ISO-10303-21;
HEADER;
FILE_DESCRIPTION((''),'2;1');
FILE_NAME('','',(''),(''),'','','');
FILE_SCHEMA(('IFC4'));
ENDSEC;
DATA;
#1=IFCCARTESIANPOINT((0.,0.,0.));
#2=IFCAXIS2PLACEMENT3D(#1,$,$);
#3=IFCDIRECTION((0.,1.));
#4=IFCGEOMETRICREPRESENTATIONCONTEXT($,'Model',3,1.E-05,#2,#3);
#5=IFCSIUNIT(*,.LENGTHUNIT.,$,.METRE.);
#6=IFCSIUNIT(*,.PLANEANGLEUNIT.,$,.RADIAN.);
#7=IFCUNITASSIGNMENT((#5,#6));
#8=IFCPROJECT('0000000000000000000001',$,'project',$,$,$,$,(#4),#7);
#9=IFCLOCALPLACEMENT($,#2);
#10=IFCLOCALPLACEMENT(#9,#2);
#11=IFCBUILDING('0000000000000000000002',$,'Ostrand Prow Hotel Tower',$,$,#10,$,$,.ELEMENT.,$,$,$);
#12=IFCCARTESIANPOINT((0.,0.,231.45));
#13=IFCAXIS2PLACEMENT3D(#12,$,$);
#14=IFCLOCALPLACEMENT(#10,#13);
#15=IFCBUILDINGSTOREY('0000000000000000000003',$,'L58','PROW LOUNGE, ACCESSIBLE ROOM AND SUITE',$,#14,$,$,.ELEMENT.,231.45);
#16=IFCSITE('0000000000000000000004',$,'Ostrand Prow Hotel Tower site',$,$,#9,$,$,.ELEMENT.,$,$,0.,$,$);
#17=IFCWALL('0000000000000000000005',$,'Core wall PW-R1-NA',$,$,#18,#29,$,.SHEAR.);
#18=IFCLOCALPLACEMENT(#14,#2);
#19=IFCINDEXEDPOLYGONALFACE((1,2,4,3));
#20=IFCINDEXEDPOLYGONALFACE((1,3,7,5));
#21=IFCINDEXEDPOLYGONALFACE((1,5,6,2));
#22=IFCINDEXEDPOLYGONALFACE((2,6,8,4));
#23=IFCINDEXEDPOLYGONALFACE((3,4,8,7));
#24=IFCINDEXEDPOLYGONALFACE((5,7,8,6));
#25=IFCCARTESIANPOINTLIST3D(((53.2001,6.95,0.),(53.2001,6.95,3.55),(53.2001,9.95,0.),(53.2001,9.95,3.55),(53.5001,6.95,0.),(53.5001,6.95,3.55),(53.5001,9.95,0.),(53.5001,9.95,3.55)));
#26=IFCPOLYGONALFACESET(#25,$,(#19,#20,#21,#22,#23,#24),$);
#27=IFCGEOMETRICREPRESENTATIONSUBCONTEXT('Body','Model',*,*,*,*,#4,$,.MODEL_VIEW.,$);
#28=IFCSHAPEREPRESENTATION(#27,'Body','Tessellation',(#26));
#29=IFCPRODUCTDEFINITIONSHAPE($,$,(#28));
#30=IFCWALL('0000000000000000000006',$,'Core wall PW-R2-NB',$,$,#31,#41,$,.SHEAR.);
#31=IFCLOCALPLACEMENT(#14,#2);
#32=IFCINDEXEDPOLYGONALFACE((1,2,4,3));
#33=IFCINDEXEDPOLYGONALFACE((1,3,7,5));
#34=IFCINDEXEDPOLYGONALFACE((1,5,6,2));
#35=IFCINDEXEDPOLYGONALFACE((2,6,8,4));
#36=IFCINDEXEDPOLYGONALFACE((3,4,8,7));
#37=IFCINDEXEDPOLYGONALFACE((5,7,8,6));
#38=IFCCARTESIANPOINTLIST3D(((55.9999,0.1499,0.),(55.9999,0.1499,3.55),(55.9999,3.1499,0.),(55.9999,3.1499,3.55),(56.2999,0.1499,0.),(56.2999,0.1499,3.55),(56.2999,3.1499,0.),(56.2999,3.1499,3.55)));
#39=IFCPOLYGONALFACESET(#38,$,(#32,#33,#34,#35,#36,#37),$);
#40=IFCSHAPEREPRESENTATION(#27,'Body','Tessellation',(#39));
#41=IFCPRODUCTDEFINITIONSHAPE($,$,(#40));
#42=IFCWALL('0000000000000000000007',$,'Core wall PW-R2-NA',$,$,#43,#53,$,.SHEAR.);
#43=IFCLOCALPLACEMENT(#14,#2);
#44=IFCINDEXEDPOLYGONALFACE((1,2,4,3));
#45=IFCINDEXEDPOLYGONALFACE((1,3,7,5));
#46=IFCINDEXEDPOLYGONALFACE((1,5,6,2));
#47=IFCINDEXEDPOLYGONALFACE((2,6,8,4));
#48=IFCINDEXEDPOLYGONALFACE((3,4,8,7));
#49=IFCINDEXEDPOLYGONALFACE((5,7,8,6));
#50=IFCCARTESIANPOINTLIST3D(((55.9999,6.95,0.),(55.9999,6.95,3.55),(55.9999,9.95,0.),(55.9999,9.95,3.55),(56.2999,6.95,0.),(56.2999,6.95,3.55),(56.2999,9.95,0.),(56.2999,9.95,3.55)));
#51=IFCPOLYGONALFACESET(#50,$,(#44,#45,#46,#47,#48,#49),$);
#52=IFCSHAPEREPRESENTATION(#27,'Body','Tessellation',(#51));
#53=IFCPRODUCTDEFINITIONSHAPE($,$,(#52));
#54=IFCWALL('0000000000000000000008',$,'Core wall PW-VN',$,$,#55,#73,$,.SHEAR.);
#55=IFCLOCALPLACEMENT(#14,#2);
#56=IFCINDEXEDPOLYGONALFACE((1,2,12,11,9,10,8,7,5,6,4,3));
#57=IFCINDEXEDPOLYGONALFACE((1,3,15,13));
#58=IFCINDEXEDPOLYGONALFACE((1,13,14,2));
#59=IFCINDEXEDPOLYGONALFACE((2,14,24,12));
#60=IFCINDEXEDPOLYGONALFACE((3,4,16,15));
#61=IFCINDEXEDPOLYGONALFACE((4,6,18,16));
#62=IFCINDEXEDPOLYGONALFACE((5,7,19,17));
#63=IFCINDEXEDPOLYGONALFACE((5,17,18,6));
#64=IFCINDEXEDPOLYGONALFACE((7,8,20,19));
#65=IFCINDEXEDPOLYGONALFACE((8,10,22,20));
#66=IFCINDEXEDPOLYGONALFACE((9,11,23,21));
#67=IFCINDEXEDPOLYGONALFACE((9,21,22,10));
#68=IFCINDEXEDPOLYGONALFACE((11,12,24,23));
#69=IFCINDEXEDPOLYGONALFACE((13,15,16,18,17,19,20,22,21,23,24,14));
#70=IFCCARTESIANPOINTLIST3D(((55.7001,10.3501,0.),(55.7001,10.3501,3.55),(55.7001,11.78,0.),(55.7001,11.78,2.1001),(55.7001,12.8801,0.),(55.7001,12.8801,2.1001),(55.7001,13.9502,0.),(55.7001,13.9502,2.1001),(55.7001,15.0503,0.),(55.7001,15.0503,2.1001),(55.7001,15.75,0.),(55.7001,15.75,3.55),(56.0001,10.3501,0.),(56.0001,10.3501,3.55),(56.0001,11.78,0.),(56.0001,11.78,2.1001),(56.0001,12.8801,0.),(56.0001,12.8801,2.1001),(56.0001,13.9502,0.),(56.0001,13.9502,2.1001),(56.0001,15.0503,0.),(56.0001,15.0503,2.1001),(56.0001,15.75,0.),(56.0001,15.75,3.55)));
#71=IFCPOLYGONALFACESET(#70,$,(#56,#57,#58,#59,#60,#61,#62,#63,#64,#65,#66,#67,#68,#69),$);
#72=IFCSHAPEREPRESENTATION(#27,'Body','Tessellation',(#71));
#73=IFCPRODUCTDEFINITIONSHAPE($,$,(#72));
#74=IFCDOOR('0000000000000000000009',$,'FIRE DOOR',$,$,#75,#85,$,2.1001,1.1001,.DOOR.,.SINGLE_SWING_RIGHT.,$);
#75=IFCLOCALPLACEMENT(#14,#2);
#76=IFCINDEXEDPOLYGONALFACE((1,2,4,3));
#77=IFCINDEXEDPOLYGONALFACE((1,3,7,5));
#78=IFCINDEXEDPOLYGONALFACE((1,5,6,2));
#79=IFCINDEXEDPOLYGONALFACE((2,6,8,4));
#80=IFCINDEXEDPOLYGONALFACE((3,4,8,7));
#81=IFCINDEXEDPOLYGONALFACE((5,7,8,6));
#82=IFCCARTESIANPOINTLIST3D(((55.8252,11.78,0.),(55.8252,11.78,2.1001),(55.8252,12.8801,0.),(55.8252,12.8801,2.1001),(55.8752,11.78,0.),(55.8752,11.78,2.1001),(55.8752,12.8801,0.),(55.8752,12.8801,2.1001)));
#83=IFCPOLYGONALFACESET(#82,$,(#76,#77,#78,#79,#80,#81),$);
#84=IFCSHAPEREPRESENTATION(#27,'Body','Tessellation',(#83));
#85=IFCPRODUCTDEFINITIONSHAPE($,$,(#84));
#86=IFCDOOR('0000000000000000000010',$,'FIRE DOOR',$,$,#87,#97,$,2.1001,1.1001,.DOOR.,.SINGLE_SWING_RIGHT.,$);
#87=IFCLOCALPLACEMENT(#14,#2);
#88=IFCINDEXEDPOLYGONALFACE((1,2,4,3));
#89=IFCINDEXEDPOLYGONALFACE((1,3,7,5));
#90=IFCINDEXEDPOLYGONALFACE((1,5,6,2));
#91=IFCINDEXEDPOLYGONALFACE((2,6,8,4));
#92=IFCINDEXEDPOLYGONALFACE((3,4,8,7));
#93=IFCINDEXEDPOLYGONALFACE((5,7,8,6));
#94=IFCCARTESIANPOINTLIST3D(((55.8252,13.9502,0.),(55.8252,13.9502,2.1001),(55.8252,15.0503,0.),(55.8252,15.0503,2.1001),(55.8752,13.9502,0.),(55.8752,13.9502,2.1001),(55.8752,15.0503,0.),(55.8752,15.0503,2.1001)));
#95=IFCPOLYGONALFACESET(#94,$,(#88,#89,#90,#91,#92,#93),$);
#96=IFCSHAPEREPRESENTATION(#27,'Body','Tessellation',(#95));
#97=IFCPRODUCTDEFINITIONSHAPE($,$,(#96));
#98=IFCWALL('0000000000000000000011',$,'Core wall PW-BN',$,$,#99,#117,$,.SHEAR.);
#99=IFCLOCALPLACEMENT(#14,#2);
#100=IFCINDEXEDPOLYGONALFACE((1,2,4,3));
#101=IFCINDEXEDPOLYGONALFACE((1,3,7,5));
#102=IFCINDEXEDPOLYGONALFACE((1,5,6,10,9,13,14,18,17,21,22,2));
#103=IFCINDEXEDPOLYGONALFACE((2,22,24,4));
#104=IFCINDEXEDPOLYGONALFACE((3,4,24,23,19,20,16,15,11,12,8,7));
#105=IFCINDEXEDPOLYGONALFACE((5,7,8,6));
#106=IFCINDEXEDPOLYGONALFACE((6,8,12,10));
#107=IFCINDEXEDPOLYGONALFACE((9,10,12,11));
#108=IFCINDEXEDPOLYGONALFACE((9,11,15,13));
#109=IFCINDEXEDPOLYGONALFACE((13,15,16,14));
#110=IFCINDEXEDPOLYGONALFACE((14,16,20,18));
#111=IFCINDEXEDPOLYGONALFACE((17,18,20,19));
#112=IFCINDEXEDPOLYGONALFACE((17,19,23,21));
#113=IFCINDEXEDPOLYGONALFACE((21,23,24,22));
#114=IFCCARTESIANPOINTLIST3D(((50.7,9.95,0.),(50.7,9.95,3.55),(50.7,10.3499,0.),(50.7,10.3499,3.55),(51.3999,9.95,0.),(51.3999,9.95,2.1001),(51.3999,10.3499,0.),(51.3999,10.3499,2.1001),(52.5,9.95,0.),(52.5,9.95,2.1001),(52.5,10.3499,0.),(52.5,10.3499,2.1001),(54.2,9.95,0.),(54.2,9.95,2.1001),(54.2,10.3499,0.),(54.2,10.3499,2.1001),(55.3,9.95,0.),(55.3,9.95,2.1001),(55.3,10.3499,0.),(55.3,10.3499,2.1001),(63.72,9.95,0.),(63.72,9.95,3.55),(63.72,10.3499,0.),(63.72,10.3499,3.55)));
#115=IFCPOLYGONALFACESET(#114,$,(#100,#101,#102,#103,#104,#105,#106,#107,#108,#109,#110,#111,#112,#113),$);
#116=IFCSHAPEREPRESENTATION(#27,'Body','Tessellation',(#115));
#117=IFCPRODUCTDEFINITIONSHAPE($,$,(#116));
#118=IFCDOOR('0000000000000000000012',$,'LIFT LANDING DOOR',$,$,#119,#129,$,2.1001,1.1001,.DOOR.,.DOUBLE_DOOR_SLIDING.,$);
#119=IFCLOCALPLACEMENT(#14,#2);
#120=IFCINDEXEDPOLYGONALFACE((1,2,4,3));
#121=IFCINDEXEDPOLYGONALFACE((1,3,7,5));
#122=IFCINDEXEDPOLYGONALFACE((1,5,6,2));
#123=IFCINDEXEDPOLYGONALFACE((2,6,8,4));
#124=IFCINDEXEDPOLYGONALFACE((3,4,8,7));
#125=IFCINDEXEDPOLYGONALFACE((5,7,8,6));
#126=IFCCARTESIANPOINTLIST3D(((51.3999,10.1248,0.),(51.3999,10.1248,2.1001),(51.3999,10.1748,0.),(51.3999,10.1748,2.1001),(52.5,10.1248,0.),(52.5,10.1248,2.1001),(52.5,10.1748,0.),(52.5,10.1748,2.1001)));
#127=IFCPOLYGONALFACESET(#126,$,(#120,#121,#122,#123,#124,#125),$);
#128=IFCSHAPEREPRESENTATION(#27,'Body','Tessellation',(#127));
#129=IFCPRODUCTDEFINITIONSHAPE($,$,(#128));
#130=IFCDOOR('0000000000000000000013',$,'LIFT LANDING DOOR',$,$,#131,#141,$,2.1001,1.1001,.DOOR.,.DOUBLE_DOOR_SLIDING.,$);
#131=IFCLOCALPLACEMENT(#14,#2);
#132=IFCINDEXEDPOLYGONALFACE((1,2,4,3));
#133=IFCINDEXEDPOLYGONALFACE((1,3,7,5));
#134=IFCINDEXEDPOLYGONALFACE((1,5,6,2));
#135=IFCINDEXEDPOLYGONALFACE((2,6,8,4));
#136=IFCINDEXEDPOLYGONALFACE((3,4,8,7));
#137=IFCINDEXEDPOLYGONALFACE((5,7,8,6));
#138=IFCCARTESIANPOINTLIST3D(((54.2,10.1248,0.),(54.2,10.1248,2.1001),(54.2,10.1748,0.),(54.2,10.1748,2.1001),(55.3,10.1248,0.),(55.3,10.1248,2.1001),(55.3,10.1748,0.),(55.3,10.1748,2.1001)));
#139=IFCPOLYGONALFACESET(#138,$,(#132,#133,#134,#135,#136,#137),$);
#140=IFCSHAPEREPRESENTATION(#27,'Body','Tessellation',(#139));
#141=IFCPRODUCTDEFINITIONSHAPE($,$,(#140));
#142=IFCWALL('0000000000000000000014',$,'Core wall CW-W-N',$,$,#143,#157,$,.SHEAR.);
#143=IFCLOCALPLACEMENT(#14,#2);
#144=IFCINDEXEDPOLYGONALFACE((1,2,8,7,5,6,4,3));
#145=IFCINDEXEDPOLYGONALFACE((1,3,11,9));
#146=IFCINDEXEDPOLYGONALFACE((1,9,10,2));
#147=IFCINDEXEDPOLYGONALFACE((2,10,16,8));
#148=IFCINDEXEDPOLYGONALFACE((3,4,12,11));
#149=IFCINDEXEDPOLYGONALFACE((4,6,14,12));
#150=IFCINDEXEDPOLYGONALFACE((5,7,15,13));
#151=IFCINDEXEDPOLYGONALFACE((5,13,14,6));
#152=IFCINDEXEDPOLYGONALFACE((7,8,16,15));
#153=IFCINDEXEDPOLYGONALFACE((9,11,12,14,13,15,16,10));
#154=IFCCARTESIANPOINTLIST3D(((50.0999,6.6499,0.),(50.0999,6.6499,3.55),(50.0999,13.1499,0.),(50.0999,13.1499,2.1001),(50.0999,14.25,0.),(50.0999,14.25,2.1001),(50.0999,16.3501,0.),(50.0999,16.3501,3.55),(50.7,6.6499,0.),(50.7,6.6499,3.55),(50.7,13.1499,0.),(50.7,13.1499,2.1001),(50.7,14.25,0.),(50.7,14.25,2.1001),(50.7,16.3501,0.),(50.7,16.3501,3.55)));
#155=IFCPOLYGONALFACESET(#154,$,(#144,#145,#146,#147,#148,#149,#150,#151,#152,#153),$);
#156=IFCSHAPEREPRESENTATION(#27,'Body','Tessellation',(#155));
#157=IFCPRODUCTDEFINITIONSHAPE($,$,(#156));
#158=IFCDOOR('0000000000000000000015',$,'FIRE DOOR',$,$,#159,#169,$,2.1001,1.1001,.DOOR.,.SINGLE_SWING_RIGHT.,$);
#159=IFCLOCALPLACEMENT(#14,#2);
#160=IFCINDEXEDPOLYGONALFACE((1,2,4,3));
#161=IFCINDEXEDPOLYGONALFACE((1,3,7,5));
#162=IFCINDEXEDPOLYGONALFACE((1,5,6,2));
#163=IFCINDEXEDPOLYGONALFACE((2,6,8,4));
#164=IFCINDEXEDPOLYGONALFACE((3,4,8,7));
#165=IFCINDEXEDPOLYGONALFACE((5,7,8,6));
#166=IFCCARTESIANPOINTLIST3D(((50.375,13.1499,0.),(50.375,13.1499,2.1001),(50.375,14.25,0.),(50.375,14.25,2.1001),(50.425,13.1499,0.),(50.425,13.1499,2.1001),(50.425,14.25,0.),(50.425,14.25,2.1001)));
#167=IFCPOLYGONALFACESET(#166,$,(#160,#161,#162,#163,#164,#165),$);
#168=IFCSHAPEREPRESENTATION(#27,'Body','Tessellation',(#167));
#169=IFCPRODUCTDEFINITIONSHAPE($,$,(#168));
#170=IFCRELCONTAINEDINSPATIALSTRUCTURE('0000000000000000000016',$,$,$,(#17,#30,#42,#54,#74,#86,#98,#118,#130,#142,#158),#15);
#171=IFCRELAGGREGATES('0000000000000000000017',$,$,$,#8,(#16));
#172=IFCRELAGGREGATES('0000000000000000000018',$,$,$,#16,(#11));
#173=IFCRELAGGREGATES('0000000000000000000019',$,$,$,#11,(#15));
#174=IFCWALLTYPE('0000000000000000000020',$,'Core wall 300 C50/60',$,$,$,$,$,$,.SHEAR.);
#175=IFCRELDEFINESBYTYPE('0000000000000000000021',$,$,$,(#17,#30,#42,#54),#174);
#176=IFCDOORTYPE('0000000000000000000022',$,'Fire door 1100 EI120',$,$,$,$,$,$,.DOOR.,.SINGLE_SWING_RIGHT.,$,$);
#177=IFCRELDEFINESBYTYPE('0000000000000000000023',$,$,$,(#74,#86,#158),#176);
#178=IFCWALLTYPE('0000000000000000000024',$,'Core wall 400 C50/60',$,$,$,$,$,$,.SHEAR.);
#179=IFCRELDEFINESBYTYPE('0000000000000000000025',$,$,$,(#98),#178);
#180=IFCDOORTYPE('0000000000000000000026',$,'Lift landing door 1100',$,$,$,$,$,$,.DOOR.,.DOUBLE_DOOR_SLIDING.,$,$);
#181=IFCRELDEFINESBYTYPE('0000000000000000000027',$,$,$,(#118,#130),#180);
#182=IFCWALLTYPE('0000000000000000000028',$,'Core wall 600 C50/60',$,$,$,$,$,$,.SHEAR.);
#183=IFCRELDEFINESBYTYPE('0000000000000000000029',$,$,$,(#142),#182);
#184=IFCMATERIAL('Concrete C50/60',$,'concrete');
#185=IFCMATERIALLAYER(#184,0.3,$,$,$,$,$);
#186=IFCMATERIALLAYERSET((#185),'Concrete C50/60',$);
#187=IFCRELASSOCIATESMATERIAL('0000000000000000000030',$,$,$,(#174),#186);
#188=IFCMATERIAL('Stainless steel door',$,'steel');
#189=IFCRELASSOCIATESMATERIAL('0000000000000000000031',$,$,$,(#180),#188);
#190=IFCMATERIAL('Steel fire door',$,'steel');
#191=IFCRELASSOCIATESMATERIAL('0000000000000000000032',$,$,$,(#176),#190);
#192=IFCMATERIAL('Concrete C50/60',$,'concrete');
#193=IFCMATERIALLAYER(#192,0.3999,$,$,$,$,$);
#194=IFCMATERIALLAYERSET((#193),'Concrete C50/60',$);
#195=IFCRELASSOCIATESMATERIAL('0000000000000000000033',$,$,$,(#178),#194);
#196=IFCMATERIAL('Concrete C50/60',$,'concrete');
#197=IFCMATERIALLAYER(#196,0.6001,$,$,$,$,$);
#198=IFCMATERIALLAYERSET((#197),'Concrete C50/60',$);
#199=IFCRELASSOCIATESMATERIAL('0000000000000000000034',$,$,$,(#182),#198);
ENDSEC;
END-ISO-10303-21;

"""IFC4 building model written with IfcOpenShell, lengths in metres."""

from ifc_helpers import new_model, si_unit, direction, frame, frame_2d, origin, place, context, subcontext, project, spatial, rectangle, extrude, material, layer, layer_set, type_object, element, fill, save


model = new_model("IFC4")

# Units and contexts
model_context = context("Model", 3, precision=1e-05, world=origin(), true_north=direction((0.0, 1.0)))
body_context = subcontext(model_context, "Body", "Model", "MODEL_VIEW")
ifc_project = project(units=[si_unit("LENGTHUNIT", "METRE"), si_unit("PLANEANGLEUNIT", "RADIAN")], contexts=[model_context])

# Site, building, storey
site_placement = place(None, origin())
site = spatial("IfcSite", under=ifc_project, at=site_placement, Name="Ostrand Prow Hotel Tower site", CompositionType="ELEMENT", RefElevation=0.0)
building_placement = place(site_placement, origin())
building = spatial("IfcBuilding", under=site, at=building_placement, Name="Ostrand Prow Hotel Tower", CompositionType="ELEMENT")
storey_placement = place(building_placement, frame((0.0, 0.0, 231.45)))
storey = spatial("IfcBuildingStorey", under=building, at=storey_placement, Name="L58", Description="PROW LOUNGE, ACCESSIBLE ROOM AND SUITE", CompositionType="ELEMENT", Elevation=231.45)

# Shared definitions
ifc_material_1 = material(Name="Concrete C50/60", Category="concrete")
ifc_layer_1 = layer(ifc_material_1, 0.3)
ifc_layer_set_1 = layer_set([ifc_layer_1], Name="Concrete C50/60")
wall_type_1 = type_object("IfcWallType", Name="Core wall 300 C50/60", PredefinedType="SHEAR", material=ifc_layer_set_1)
ifc_material_2 = material(Name="Stainless steel door", Category="steel")
door_type_1 = type_object("IfcDoorType", Name="Lift landing door 1100", OperationType="DOUBLE_DOOR_SLIDING", PredefinedType="DOOR", material=ifc_material_2)

# Walls
for number, where, z_axis, x_axis, name in (
    (1, (53.3501, 6.95, 0.0), (0.0, 0.0, 1.0), (0.0, 1.0, 0.0), "Core wall PW-R1-NA"),
    (2, (56.1499, 0.1499, 0.0), (0.0, 0.0, 1.0), (0.0, 1.0, 0.0), "Core wall PW-R2-NB"),
    (3, (56.1499, 6.95, 0.0), (0.0, 0.0, 1.0), (0.0, 1.0, 0.0), "Core wall PW-R2-NA"),
):
    element("IfcWall", number, at=place(storey_placement, frame(where, z_axis=z_axis, x_axis=x_axis)), inside=storey, type_object=wall_type_1, Name=name, PredefinedType="SHEAR", context=body_context, shape_type="SweptSolid", body=[
        extrude(rectangle(XDim=3.0, YDim=0.3, at=frame_2d((1.5, 0.0))), origin(), (0.0, 0.0, 1.0), 3.55),
    ])

# Walls, openings, doors
wall_1_placement = place(storey_placement, frame((55.8501, 10.3501, 0.0), z_axis=(0.0, 0.0, 1.0), x_axis=(0.0, 1.0, 0.0)))
wall_1 = element("IfcWall", 4, at=wall_1_placement, inside=storey, type_object=wall_type_1, Name="Core wall PW-VN", PredefinedType="SHEAR", context=body_context, shape_type="SweptSolid", body=[
    extrude(rectangle(XDim=5.3999, YDim=0.3, at=frame_2d((2.7, 0.0))), origin(), (0.0, 0.0, 1.0), 3.55),
])
opening_1_placement = place(wall_1_placement, frame((1.4299, 0.0, 0.0)))
opening_1 = element("IfcOpeningElement", 5, at=opening_1_placement, cuts=wall_1, PredefinedType="OPENING", context=body_context, shape_type="SweptSolid", body=[
    extrude(rectangle(XDim=1.1001, YDim=2.1001, at=frame_2d((0.55, 1.05))), frame((0.0, 0.1599, 0.0), z_axis=(0.0, -1.0, 0.0), x_axis=(1.0, 0.0, 0.0)), (0.0, 0.0, 1.0), 0.3201),
])
opening_2_placement = place(wall_1_placement, frame((3.6001, 0.0, 0.0)))
opening_2 = element("IfcOpeningElement", 6, at=opening_2_placement, cuts=wall_1, PredefinedType="OPENING", context=body_context, shape_type="SweptSolid", body=[
    extrude(rectangle(XDim=1.1001, YDim=2.1001, at=frame_2d((0.55, 1.05))), frame((0.0, 0.1599, 0.0), z_axis=(0.0, -1.0, 0.0), x_axis=(1.0, 0.0, 0.0)), (0.0, 0.0, 1.0), 0.3201),
])
ifc_material_3 = material(Name="Steel fire door", Category="steel")
door_type_2 = type_object("IfcDoorType", Name="Fire door 1100 EI120", OperationType="SINGLE_SWING_RIGHT", PredefinedType="DOOR", material=ifc_material_3)
door_1_placement = place(opening_1_placement, origin())
door_1 = element("IfcDoor", 7, at=door_1_placement, inside=storey, type_object=door_type_2, Name="FIRE DOOR", OperationType="SINGLE_SWING_RIGHT", OverallHeight=2.1001, OverallWidth=1.1001, PredefinedType="DOOR", context=body_context, shape_type="SweptSolid", body=[
    extrude(rectangle(XDim=1.1001, YDim=2.1001, at=frame_2d((0.55, 1.05))), frame((0.0, 0.0249, 0.0), z_axis=(0.0, -1.0, 0.0), x_axis=(1.0, 0.0, 0.0)), (0.0, 0.0, 1.0), 0.05),
])
fill(opening_1, door_1)
door_2_placement = place(opening_2_placement, origin())
door_2 = element("IfcDoor", 8, at=door_2_placement, inside=storey, type_object=door_type_2, Name="FIRE DOOR", OperationType="SINGLE_SWING_RIGHT", OverallHeight=2.1001, OverallWidth=1.1001, PredefinedType="DOOR", context=body_context, shape_type="SweptSolid", body=[
    extrude(rectangle(XDim=1.1001, YDim=2.1001, at=frame_2d((0.55, 1.05))), frame((0.0, 0.0249, 0.0), z_axis=(0.0, -1.0, 0.0), x_axis=(1.0, 0.0, 0.0)), (0.0, 0.0, 1.0), 0.05),
])
fill(opening_2, door_2)
ifc_material_4 = material(Name="Concrete C50/60", Category="concrete")
ifc_layer_2 = layer(ifc_material_4, 0.3999)
ifc_layer_set_2 = layer_set([ifc_layer_2], Name="Concrete C50/60")
wall_type_2 = type_object("IfcWallType", Name="Core wall 400 C50/60", PredefinedType="SHEAR", material=ifc_layer_set_2)
wall_2_placement = place(storey_placement, frame((50.7, 10.1499, 0.0), z_axis=(0.0, 0.0, 1.0), x_axis=(1.0, 0.0, 0.0)))
wall_2 = element("IfcWall", 9, at=wall_2_placement, inside=storey, type_object=wall_type_2, Name="Core wall PW-BN", PredefinedType="SHEAR", context=body_context, shape_type="SweptSolid", body=[
    extrude(rectangle(XDim=13.02, YDim=0.3999, at=frame_2d((6.51, 0.0))), origin(), (0.0, 0.0, 1.0), 3.55),
])
opening_3_placement = place(wall_2_placement, frame((0.7, 0.0, 0.0)))
opening_3 = element("IfcOpeningElement", 10, at=opening_3_placement, cuts=wall_2, PredefinedType="OPENING", context=body_context, shape_type="SweptSolid", body=[
    extrude(rectangle(XDim=1.1001, YDim=2.1001, at=frame_2d((0.55, 1.05))), frame((0.0, 0.21, 0.0), z_axis=(0.0, -1.0, 0.0), x_axis=(1.0, 0.0, 0.0)), (0.0, 0.0, 1.0), 0.4199),
])
opening_4_placement = place(wall_2_placement, frame((3.5, 0.0, 0.0)))
opening_4 = element("IfcOpeningElement", 11, at=opening_4_placement, cuts=wall_2, PredefinedType="OPENING", context=body_context, shape_type="SweptSolid", body=[
    extrude(rectangle(XDim=1.1001, YDim=2.1001, at=frame_2d((0.55, 1.05))), frame((0.0, 0.21, 0.0), z_axis=(0.0, -1.0, 0.0), x_axis=(1.0, 0.0, 0.0)), (0.0, 0.0, 1.0), 0.4199),
])
door_3_placement = place(opening_3_placement, origin())
door_3 = element("IfcDoor", 12, at=door_3_placement, inside=storey, type_object=door_type_1, Name="LIFT LANDING DOOR", OperationType="DOUBLE_DOOR_SLIDING", OverallHeight=2.1001, OverallWidth=1.1001, PredefinedType="DOOR", context=body_context, shape_type="SweptSolid", body=[
    extrude(rectangle(XDim=1.1001, YDim=2.1001, at=frame_2d((0.55, 1.05))), frame((0.0, 0.0249, 0.0), z_axis=(0.0, -1.0, 0.0), x_axis=(1.0, 0.0, 0.0)), (0.0, 0.0, 1.0), 0.05),
])
fill(opening_3, door_3)
door_4_placement = place(opening_4_placement, origin())
door_4 = element("IfcDoor", 13, at=door_4_placement, inside=storey, type_object=door_type_1, Name="LIFT LANDING DOOR", OperationType="DOUBLE_DOOR_SLIDING", OverallHeight=2.1001, OverallWidth=1.1001, PredefinedType="DOOR", context=body_context, shape_type="SweptSolid", body=[
    extrude(rectangle(XDim=1.1001, YDim=2.1001, at=frame_2d((0.55, 1.05))), frame((0.0, 0.0249, 0.0), z_axis=(0.0, -1.0, 0.0), x_axis=(1.0, 0.0, 0.0)), (0.0, 0.0, 1.0), 0.05),
])
fill(opening_4, door_4)

# Wall, opening, door
ifc_material_5 = material(Name="Concrete C50/60", Category="concrete")
ifc_layer_3 = layer(ifc_material_5, 0.6001)
ifc_layer_set_3 = layer_set([ifc_layer_3], Name="Concrete C50/60")
wall_type_3 = type_object("IfcWallType", Name="Core wall 600 C50/60", PredefinedType="SHEAR", material=ifc_layer_set_3)
wall_3_placement = place(storey_placement, frame((50.3999, 6.6499, 0.0), z_axis=(0.0, 0.0, 1.0), x_axis=(0.0, 1.0, 0.0)))
wall_3 = element("IfcWall", 14, at=wall_3_placement, inside=storey, type_object=wall_type_3, Name="Core wall CW-W-N", PredefinedType="SHEAR", context=body_context, shape_type="SweptSolid", body=[
    extrude(rectangle(XDim=9.7002, YDim=0.6001, at=frame_2d((4.8501, 0.0))), origin(), (0.0, 0.0, 1.0), 3.55),
])
opening_5_placement = place(wall_3_placement, frame((6.5, 0.0, 0.0)))
opening_5 = element("IfcOpeningElement", 15, at=opening_5_placement, cuts=wall_3, PredefinedType="OPENING", context=body_context, shape_type="SweptSolid", body=[
    extrude(rectangle(XDim=1.1001, YDim=2.1001, at=frame_2d((0.55, 1.05))), frame((0.0, 0.3101, 0.0), z_axis=(0.0, -1.0, 0.0), x_axis=(1.0, 0.0, 0.0)), (0.0, 0.0, 1.0), 0.6201),
])
door_5_placement = place(opening_5_placement, origin())
door_5 = element("IfcDoor", 16, at=door_5_placement, inside=storey, type_object=door_type_2, Name="FIRE DOOR", OperationType="SINGLE_SWING_RIGHT", OverallHeight=2.1001, OverallWidth=1.1001, PredefinedType="DOOR", context=body_context, shape_type="SweptSolid", body=[
    extrude(rectangle(XDim=1.1001, YDim=2.1001, at=frame_2d((0.55, 1.05))), frame((0.0, 0.0249, 0.0), z_axis=(0.0, -1.0, 0.0), x_axis=(1.0, 0.0, 0.0)), (0.0, 0.0, 1.0), 0.05),
])
fill(opening_5, door_5)

save(model, "model.ifc")
